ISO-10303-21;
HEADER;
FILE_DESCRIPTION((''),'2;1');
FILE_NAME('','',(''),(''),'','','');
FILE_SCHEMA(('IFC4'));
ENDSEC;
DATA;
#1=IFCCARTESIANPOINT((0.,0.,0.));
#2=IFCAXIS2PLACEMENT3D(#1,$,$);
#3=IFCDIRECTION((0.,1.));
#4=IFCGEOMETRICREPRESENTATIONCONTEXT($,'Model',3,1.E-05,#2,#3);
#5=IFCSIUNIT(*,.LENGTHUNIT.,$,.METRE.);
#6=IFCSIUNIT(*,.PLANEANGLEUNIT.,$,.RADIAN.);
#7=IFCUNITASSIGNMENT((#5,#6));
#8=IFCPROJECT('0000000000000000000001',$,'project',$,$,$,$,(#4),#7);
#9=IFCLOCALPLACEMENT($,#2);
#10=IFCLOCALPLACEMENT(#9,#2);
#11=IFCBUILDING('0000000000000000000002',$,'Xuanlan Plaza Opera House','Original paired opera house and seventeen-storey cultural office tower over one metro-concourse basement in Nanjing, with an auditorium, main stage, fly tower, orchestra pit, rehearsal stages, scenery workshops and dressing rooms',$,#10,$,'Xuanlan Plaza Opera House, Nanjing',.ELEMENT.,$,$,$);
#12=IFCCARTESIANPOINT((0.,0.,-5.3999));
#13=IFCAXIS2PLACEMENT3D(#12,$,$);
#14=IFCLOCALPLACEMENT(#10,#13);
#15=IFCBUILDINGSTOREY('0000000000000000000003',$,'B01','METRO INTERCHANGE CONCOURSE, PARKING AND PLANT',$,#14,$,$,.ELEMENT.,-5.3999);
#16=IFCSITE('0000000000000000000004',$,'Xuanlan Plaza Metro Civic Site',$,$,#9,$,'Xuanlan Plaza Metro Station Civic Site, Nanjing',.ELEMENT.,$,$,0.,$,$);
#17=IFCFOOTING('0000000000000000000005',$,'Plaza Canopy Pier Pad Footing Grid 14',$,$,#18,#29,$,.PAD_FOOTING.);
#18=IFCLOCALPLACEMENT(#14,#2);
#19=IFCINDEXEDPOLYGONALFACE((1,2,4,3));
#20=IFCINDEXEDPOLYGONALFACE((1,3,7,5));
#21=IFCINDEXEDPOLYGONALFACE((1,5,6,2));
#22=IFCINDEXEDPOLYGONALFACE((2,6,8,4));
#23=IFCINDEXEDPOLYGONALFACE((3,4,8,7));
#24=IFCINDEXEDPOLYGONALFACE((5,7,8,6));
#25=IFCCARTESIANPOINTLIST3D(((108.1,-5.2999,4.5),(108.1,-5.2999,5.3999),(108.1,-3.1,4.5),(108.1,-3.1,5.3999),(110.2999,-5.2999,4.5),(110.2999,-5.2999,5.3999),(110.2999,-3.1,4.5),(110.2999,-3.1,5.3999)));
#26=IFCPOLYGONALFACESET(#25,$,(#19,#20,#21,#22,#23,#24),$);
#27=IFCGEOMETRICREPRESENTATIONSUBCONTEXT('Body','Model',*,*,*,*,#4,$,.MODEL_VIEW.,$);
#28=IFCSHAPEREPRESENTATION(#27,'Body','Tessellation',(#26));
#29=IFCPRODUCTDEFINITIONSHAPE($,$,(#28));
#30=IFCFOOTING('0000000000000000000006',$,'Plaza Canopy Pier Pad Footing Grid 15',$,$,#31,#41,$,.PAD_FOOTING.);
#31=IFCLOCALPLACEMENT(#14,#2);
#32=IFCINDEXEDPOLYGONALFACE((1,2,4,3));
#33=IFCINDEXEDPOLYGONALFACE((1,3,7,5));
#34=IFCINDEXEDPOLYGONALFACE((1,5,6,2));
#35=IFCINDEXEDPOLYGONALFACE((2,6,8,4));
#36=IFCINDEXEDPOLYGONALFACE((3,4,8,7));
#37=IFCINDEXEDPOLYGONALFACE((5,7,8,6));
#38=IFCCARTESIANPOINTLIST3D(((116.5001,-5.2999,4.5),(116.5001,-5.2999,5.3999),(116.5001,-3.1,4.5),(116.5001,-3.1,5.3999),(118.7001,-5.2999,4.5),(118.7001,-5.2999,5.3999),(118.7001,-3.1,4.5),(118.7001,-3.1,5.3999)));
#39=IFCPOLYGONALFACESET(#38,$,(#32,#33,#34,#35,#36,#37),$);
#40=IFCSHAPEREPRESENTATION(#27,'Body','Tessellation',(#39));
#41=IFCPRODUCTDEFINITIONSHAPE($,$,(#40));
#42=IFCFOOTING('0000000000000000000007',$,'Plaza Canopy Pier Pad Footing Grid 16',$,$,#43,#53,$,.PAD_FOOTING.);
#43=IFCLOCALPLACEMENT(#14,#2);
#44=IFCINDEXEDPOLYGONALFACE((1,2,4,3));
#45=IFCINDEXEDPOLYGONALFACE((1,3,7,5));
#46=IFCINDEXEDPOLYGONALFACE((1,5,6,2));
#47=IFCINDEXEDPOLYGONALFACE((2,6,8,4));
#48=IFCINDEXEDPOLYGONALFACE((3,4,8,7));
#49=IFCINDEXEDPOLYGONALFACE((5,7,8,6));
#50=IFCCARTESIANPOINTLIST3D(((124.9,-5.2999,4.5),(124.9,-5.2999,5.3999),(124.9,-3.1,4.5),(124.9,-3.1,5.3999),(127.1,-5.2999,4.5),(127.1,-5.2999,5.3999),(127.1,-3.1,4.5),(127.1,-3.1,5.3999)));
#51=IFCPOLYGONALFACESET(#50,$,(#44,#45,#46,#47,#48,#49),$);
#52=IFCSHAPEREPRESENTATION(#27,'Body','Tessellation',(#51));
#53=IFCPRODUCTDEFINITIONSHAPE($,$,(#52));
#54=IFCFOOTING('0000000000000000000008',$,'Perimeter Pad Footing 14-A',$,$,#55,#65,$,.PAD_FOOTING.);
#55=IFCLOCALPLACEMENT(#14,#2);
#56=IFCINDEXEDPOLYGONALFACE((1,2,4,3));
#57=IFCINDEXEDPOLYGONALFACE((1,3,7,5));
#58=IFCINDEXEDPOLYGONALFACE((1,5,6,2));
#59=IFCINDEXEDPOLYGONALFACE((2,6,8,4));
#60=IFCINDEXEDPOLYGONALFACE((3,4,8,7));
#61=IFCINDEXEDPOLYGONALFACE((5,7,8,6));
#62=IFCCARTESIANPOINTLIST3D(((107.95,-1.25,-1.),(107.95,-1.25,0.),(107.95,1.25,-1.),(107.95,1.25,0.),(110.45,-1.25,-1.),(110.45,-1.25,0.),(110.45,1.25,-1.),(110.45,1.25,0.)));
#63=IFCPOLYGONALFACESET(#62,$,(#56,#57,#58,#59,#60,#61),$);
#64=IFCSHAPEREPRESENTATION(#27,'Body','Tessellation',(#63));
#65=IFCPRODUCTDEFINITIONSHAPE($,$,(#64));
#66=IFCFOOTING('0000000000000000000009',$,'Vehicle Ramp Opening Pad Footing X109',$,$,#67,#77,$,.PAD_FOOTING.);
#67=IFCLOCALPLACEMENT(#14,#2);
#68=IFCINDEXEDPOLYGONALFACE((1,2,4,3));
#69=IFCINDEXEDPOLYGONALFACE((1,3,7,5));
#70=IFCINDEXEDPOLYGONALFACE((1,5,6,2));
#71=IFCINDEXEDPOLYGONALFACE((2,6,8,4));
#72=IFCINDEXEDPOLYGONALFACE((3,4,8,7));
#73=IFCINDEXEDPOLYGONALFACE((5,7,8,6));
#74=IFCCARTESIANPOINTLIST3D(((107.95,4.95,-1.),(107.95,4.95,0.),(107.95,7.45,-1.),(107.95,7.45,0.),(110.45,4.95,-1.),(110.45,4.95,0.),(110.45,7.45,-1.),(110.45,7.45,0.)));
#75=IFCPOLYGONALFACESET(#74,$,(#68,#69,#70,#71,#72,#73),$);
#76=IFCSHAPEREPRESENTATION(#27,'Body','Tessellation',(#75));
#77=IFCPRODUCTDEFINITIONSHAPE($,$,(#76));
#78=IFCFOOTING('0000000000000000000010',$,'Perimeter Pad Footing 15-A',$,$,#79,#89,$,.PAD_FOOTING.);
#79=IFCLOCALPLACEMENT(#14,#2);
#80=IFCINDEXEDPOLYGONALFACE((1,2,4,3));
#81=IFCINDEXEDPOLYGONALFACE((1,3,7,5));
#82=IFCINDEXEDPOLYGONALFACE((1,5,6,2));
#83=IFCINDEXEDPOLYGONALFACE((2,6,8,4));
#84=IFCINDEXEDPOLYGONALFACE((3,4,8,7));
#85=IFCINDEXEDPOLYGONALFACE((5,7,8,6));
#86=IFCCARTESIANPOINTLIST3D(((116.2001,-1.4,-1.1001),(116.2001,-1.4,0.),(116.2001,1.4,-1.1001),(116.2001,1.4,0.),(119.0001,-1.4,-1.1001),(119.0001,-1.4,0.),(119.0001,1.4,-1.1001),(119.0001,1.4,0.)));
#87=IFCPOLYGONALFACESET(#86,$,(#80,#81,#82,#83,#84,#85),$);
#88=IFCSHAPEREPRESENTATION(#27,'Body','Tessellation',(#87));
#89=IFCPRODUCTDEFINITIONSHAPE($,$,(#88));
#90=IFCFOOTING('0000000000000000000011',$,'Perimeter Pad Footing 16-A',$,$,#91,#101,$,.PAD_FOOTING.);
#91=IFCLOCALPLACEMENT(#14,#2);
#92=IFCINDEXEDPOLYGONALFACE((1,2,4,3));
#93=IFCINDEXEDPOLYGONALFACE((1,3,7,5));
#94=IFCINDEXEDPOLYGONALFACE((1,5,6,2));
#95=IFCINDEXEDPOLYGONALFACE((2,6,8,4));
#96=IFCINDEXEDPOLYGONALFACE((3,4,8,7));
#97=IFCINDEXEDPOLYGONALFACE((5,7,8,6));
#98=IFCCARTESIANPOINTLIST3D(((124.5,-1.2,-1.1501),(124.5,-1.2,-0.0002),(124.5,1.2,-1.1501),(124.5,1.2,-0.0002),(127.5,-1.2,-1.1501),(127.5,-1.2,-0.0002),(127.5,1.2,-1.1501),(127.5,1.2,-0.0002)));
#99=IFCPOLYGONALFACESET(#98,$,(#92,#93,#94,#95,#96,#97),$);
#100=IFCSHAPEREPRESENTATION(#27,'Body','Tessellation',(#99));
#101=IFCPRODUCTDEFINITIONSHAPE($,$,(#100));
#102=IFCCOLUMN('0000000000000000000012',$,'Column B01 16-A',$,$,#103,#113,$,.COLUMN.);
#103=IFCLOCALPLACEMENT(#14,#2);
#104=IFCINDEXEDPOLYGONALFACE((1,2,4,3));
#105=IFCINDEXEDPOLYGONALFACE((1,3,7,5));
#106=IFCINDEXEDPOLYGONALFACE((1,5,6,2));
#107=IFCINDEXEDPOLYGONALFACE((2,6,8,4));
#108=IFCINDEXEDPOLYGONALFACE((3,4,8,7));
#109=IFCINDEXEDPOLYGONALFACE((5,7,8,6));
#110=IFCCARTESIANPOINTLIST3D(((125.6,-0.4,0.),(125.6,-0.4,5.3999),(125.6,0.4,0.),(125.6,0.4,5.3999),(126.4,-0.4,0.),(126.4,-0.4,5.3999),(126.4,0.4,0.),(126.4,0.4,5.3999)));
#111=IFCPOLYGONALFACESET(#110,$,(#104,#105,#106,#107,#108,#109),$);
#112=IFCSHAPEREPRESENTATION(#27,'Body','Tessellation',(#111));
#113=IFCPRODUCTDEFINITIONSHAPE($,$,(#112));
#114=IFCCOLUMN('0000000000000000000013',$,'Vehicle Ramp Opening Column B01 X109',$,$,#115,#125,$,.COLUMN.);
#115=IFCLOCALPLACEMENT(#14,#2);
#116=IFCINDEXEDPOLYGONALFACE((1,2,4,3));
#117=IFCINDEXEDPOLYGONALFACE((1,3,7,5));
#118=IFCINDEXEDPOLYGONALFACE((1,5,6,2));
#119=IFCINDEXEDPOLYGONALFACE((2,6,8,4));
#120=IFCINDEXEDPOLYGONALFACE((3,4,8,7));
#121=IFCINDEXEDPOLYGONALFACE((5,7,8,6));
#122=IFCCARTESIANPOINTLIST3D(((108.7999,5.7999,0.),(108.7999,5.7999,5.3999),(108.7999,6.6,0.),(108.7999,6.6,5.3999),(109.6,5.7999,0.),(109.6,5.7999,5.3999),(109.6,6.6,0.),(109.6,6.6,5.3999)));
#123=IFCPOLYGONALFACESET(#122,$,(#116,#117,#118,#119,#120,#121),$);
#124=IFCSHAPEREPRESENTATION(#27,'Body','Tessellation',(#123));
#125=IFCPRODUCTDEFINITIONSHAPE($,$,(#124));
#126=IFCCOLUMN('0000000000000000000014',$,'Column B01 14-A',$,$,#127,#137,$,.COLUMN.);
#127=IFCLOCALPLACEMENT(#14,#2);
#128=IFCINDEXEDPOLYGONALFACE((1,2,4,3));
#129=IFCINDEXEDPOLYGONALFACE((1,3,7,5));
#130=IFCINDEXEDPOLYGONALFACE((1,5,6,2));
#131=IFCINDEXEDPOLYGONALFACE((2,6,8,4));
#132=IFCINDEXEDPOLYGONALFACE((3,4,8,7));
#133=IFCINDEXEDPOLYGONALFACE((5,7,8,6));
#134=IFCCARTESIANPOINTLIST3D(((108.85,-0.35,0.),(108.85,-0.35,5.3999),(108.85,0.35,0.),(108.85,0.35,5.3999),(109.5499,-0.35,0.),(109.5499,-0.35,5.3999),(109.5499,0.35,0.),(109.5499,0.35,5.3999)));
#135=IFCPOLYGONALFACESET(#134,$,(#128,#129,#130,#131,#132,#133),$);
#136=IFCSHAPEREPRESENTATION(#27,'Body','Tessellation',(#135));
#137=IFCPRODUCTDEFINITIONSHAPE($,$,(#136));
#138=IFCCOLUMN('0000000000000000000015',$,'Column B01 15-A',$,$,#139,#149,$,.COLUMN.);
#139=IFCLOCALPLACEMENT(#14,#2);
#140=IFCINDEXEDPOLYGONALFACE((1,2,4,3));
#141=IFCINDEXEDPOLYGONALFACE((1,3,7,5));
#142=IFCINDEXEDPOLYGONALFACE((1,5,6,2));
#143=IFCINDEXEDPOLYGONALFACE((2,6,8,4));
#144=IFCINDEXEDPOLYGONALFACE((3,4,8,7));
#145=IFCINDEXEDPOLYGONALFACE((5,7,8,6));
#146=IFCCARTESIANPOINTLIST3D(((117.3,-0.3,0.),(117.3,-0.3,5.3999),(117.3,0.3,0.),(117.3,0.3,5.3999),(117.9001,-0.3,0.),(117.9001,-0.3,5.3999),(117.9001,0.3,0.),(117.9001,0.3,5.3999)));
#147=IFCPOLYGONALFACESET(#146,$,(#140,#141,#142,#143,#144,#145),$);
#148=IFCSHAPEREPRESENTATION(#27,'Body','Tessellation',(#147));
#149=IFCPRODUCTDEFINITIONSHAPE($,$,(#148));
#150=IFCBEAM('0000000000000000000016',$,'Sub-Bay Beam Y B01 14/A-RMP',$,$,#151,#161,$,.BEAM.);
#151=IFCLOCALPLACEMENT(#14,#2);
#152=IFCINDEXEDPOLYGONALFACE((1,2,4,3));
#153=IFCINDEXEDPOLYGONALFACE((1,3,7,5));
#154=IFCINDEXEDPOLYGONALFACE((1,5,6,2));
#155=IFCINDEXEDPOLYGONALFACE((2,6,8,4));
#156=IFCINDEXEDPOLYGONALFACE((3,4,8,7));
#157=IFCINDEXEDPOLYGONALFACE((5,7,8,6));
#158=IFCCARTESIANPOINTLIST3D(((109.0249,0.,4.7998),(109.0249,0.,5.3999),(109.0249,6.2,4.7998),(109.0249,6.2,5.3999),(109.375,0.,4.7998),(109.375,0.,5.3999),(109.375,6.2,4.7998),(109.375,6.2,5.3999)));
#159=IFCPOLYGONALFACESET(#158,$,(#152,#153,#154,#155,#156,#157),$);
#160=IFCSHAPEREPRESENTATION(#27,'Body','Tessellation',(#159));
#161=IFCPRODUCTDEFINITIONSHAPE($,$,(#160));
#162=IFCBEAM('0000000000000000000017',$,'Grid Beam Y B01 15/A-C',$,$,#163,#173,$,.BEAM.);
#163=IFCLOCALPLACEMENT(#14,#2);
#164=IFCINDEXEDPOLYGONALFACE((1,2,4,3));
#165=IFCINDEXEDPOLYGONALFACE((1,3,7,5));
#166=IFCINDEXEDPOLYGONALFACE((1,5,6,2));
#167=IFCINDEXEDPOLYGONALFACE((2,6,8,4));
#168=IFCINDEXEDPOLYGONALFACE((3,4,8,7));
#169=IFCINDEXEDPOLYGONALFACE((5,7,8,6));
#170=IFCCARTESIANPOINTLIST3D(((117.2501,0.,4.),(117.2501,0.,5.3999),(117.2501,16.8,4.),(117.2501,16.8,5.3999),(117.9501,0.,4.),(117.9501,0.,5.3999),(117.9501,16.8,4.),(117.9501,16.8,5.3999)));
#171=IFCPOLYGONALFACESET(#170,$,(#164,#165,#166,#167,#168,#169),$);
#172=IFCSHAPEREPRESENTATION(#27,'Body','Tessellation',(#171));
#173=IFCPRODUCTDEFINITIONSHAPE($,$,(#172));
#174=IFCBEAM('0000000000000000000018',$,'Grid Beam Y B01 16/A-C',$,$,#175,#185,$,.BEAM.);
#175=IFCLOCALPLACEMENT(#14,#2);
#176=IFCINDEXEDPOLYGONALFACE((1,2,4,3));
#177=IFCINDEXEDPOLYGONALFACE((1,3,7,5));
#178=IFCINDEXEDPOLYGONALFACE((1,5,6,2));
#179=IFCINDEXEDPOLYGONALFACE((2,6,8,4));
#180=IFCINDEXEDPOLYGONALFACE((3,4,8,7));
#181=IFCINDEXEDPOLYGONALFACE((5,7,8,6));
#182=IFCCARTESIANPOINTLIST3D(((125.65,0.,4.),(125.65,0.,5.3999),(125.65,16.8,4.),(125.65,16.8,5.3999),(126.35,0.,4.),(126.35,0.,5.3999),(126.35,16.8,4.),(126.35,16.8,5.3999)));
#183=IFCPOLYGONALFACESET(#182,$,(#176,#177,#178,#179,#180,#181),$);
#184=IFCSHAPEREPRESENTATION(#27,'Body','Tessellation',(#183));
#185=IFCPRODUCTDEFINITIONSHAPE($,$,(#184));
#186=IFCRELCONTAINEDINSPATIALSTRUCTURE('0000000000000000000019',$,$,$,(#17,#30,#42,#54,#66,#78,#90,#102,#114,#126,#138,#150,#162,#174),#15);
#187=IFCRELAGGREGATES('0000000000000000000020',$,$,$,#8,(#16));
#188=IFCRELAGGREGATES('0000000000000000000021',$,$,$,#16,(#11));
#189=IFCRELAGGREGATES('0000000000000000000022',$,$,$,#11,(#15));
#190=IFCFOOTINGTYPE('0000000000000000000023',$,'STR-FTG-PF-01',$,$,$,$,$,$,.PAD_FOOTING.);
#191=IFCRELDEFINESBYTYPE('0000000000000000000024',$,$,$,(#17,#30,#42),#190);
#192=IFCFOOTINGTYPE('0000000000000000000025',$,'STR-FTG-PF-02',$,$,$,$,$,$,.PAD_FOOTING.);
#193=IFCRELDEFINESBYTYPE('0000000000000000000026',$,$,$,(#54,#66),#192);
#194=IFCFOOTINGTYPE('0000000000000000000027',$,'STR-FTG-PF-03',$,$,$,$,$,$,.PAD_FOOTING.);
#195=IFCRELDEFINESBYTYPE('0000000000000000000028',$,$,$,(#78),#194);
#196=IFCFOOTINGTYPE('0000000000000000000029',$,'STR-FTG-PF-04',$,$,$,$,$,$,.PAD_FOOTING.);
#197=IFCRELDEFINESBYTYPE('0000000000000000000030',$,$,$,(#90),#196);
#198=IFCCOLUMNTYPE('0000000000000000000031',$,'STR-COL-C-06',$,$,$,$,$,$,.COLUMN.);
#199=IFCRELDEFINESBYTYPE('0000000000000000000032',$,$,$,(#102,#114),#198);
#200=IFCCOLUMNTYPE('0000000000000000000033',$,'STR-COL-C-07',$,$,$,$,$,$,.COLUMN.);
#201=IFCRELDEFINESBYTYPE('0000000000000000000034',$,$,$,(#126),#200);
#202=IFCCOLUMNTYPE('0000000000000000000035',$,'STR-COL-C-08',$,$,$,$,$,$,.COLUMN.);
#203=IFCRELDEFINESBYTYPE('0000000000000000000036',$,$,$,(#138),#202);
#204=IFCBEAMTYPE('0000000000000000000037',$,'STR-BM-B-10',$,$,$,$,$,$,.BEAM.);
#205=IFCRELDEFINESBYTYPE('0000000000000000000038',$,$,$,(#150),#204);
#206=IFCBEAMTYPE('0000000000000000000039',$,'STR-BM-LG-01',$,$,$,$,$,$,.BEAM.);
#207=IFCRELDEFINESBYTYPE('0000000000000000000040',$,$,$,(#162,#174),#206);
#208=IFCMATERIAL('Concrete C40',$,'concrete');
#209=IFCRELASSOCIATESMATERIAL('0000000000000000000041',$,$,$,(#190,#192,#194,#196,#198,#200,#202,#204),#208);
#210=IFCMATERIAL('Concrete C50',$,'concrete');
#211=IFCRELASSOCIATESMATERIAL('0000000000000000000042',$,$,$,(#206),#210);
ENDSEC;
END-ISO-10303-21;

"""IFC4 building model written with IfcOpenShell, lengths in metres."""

from ifc_helpers import new_model, si_unit, direction, frame, origin, origin_2d, place, context, subcontext, project, spatial, rectangle, extrude, material, material_profile, profile_set, type_object, element, save


model = new_model("IFC4")

# Units and contexts
model_context = context("Model", 3, precision=1e-05, world=origin(), true_north=direction((0.0, 1.0)))
body_context = subcontext(model_context, "Body", "Model", "MODEL_VIEW")
ifc_project = project(units=[si_unit("LENGTHUNIT", "METRE"), si_unit("PLANEANGLEUNIT", "RADIAN")], contexts=[model_context])

# Site, building, storey
site_placement = place(None, origin())
site = spatial("IfcSite", under=ifc_project, at=site_placement, Name="Xuanlan Plaza Metro Civic Site", LongName="Xuanlan Plaza Metro Station Civic Site, Nanjing", CompositionType="ELEMENT", RefElevation=0.0)
building_placement = place(site_placement, origin())
building = spatial("IfcBuilding", under=site, at=building_placement, Name="Xuanlan Plaza Opera House", Description="Original paired opera house and seventeen-storey cultural office tower over one metro-concourse basement in Nanjing, with an auditorium, main stage, fly tower, orchestra pit, rehearsal stages, scenery workshops and dressing rooms", LongName="Xuanlan Plaza Opera House, Nanjing", CompositionType="ELEMENT")
storey_placement = place(building_placement, frame((0.0, 0.0, -5.3999)))
storey = spatial("IfcBuildingStorey", under=building, at=storey_placement, Name="B01", Description="METRO INTERCHANGE CONCOURSE, PARKING AND PLANT", CompositionType="ELEMENT", Elevation=-5.3999)

# Footings
ifc_material_1 = material(Name="Concrete C40", Category="concrete")
footing_type_1 = type_object("IfcFootingType", Name="STR-FTG-PF-01", PredefinedType="PAD_FOOTING", material=ifc_material_1)
for number, where, z_axis, x_axis, name in (
    (1, (109.2, -4.2, 4.5), (0.0, 0.0, 1.0), (1.0, 0.0, 0.0), "Plaza Canopy Pier Pad Footing Grid 14"),
    (2, (117.6001, -4.2, 4.5), (0.0, 0.0, 1.0), (1.0, 0.0, 0.0), "Plaza Canopy Pier Pad Footing Grid 15"),
    (3, (126.0, -4.2, 4.5), (0.0, 0.0, 1.0), (1.0, 0.0, 0.0), "Plaza Canopy Pier Pad Footing Grid 16"),
):
    element("IfcFooting", number, at=place(storey_placement, frame(where, z_axis=z_axis, x_axis=x_axis)), inside=storey, type_object=footing_type_1, Name=name, PredefinedType="PAD_FOOTING", context=body_context, shape_type="SweptSolid", body=[
        extrude(rectangle(XDim=2.2, YDim=2.2, at=origin_2d()), origin(), (0.0, 0.0, 1.0), 0.8999),
    ])
footing_type_2 = type_object("IfcFootingType", Name="STR-FTG-PF-02", PredefinedType="PAD_FOOTING", material=ifc_material_1)
for number, where, z_axis, x_axis, name in (
    (4, (109.2, 0.0, -1.0), (0.0, 0.0, 1.0), (1.0, 0.0, 0.0), "Perimeter Pad Footing 14-A"),
    (5, (109.2, 6.2, -1.0), (0.0, 0.0, 1.0), (1.0, 0.0, 0.0), "Vehicle Ramp Opening Pad Footing X109"),
):
    element("IfcFooting", number, at=place(storey_placement, frame(where, z_axis=z_axis, x_axis=x_axis)), inside=storey, type_object=footing_type_2, Name=name, PredefinedType="PAD_FOOTING", context=body_context, shape_type="SweptSolid", body=[
        extrude(rectangle(XDim=2.5, YDim=2.5, at=origin_2d()), origin(), (0.0, 0.0, 1.0), 1.0),
    ])
footing_type_3 = type_object("IfcFootingType", Name="STR-FTG-PF-03", PredefinedType="PAD_FOOTING", material=ifc_material_1)
footing_1_placement = place(storey_placement, frame((117.6001, 0.0, -1.1001), z_axis=(0.0, 0.0, 1.0), x_axis=(1.0, 0.0, 0.0)))
element("IfcFooting", 6, at=footing_1_placement, inside=storey, type_object=footing_type_3, Name="Perimeter Pad Footing 15-A", PredefinedType="PAD_FOOTING", context=body_context, shape_type="SweptSolid", body=[
    extrude(rectangle(XDim=2.8, YDim=2.8, at=origin_2d()), origin(), (0.0, 0.0, 1.0), 1.1001),
])
footing_type_4 = type_object("IfcFootingType", Name="STR-FTG-PF-04", PredefinedType="PAD_FOOTING", material=ifc_material_1)
footing_2_placement = place(storey_placement, frame((126.0, 0.0, -1.1501), z_axis=(0.0, 0.0, 1.0), x_axis=(1.0, 0.0, 0.0)))
element("IfcFooting", 7, at=footing_2_placement, inside=storey, type_object=footing_type_4, Name="Perimeter Pad Footing 16-A", PredefinedType="PAD_FOOTING", context=body_context, shape_type="SweptSolid", body=[
    extrude(rectangle(XDim=3.0, YDim=2.3999, at=origin_2d()), origin(), (0.0, 0.0, 1.0), 1.1499),
])

# Columns
ifc_material_profile_1 = material_profile(ifc_material_1, rectangle(XDim=0.8, YDim=0.8, at=origin_2d()), Name="RC-COL 800x800")
ifc_profile_set_1 = profile_set([ifc_material_profile_1], Name="Concrete C40")
column_type_1 = type_object("IfcColumnType", Name="STR-COL-C-06", PredefinedType="COLUMN", material=ifc_profile_set_1)
for number, where, z_axis, x_axis, name in (
    (8, (126.0, 0.0, 0.0), (0.0, 0.0, 1.0), (1.0, 0.0, 0.0), "Column B01 16-A"),
    (9, (109.2, 6.2, 0.0), (0.0, 0.0, 1.0), (1.0, 0.0, 0.0), "Vehicle Ramp Opening Column B01 X109"),
):
    element("IfcColumn", number, at=place(storey_placement, frame(where, z_axis=z_axis, x_axis=x_axis)), inside=storey, type_object=column_type_1, Name=name, PredefinedType="COLUMN", context=body_context, shape_type="SweptSolid", body=[
        extrude(rectangle(XDim=0.8, YDim=0.8, at=origin_2d()), origin(), (0.0, 0.0, 1.0), 5.3999),
    ])
ifc_material_profile_2 = material_profile(ifc_material_1, rectangle(XDim=0.7, YDim=0.7, at=origin_2d()), Name="RC-COL 700x700")
ifc_profile_set_2 = profile_set([ifc_material_profile_2], Name="Concrete C40")
column_type_2 = type_object("IfcColumnType", Name="STR-COL-C-07", PredefinedType="COLUMN", material=ifc_profile_set_2)
column_1_placement = place(storey_placement, frame((109.2, 0.0, 0.0), z_axis=(0.0, 0.0, 1.0), x_axis=(1.0, 0.0, 0.0)))
element("IfcColumn", 10, at=column_1_placement, inside=storey, type_object=column_type_2, Name="Column B01 14-A", PredefinedType="COLUMN", context=body_context, shape_type="SweptSolid", body=[
    extrude(rectangle(XDim=0.7, YDim=0.7, at=origin_2d()), origin(), (0.0, 0.0, 1.0), 5.3999),
])
ifc_material_profile_3 = material_profile(ifc_material_1, rectangle(XDim=0.6001, YDim=0.6001, at=origin_2d()), Name="RC-COL 600x600")
ifc_profile_set_3 = profile_set([ifc_material_profile_3], Name="Concrete C40")
column_type_3 = type_object("IfcColumnType", Name="STR-COL-C-08", PredefinedType="COLUMN", material=ifc_profile_set_3)
column_2_placement = place(storey_placement, frame((117.6001, 0.0, 0.0), z_axis=(0.0, 0.0, 1.0), x_axis=(1.0, 0.0, 0.0)))
element("IfcColumn", 11, at=column_2_placement, inside=storey, type_object=column_type_3, Name="Column B01 15-A", PredefinedType="COLUMN", context=body_context, shape_type="SweptSolid", body=[
    extrude(rectangle(XDim=0.6001, YDim=0.6001, at=origin_2d()), origin(), (0.0, 0.0, 1.0), 5.3999),
])

# Beams
ifc_material_profile_4 = material_profile(ifc_material_1, rectangle(XDim=0.3501, YDim=0.6001, at=origin_2d()), Name="RC-BM 350x600")
ifc_profile_set_4 = profile_set([ifc_material_profile_4], Name="Concrete C40")
beam_type_1 = type_object("IfcBeamType", Name="STR-BM-B-10", PredefinedType="BEAM", material=ifc_profile_set_4)
beam_1_placement = place(storey_placement, frame((109.2, 0.0, 5.0999), z_axis=(0.0, 1.0, 0.0), x_axis=(-1.0, 0.0, 0.0)))
element("IfcBeam", 12, at=beam_1_placement, inside=storey, type_object=beam_type_1, Name="Sub-Bay Beam Y B01 14/A-RMP", PredefinedType="BEAM", context=body_context, shape_type="SweptSolid", body=[
    extrude(rectangle(XDim=0.3501, YDim=0.6001, at=origin_2d()), origin(), (0.0, 0.0, 1.0), 6.2),
])
ifc_material_2 = material(Name="Concrete C50", Category="concrete")
ifc_material_profile_5 = material_profile(ifc_material_2, rectangle(XDim=0.7, YDim=1.3999, at=origin_2d()), Name="RC-LG 700x1400")
ifc_profile_set_5 = profile_set([ifc_material_profile_5], Name="Concrete C50")
beam_type_2 = type_object("IfcBeamType", Name="STR-BM-LG-01", PredefinedType="BEAM", material=ifc_profile_set_5)
for number, where, z_axis, x_axis, name in (
    (13, (117.6001, 0.0, 4.7), (0.0, 1.0, 0.0), (-1.0, 0.0, 0.0), "Grid Beam Y B01 15/A-C"),
    (14, (126.0, 0.0, 4.7), (0.0, 1.0, 0.0), (-1.0, 0.0, 0.0), "Grid Beam Y B01 16/A-C"),
):
    element("IfcBeam", number, at=place(storey_placement, frame(where, z_axis=z_axis, x_axis=x_axis)), inside=storey, type_object=beam_type_2, Name=name, PredefinedType="BEAM", context=body_context, shape_type="SweptSolid", body=[
        extrude(rectangle(XDim=0.7, YDim=1.3999, at=origin_2d()), origin(), (0.0, 0.0, 1.0), 16.8),
    ])

save(model, "model.ifc")
